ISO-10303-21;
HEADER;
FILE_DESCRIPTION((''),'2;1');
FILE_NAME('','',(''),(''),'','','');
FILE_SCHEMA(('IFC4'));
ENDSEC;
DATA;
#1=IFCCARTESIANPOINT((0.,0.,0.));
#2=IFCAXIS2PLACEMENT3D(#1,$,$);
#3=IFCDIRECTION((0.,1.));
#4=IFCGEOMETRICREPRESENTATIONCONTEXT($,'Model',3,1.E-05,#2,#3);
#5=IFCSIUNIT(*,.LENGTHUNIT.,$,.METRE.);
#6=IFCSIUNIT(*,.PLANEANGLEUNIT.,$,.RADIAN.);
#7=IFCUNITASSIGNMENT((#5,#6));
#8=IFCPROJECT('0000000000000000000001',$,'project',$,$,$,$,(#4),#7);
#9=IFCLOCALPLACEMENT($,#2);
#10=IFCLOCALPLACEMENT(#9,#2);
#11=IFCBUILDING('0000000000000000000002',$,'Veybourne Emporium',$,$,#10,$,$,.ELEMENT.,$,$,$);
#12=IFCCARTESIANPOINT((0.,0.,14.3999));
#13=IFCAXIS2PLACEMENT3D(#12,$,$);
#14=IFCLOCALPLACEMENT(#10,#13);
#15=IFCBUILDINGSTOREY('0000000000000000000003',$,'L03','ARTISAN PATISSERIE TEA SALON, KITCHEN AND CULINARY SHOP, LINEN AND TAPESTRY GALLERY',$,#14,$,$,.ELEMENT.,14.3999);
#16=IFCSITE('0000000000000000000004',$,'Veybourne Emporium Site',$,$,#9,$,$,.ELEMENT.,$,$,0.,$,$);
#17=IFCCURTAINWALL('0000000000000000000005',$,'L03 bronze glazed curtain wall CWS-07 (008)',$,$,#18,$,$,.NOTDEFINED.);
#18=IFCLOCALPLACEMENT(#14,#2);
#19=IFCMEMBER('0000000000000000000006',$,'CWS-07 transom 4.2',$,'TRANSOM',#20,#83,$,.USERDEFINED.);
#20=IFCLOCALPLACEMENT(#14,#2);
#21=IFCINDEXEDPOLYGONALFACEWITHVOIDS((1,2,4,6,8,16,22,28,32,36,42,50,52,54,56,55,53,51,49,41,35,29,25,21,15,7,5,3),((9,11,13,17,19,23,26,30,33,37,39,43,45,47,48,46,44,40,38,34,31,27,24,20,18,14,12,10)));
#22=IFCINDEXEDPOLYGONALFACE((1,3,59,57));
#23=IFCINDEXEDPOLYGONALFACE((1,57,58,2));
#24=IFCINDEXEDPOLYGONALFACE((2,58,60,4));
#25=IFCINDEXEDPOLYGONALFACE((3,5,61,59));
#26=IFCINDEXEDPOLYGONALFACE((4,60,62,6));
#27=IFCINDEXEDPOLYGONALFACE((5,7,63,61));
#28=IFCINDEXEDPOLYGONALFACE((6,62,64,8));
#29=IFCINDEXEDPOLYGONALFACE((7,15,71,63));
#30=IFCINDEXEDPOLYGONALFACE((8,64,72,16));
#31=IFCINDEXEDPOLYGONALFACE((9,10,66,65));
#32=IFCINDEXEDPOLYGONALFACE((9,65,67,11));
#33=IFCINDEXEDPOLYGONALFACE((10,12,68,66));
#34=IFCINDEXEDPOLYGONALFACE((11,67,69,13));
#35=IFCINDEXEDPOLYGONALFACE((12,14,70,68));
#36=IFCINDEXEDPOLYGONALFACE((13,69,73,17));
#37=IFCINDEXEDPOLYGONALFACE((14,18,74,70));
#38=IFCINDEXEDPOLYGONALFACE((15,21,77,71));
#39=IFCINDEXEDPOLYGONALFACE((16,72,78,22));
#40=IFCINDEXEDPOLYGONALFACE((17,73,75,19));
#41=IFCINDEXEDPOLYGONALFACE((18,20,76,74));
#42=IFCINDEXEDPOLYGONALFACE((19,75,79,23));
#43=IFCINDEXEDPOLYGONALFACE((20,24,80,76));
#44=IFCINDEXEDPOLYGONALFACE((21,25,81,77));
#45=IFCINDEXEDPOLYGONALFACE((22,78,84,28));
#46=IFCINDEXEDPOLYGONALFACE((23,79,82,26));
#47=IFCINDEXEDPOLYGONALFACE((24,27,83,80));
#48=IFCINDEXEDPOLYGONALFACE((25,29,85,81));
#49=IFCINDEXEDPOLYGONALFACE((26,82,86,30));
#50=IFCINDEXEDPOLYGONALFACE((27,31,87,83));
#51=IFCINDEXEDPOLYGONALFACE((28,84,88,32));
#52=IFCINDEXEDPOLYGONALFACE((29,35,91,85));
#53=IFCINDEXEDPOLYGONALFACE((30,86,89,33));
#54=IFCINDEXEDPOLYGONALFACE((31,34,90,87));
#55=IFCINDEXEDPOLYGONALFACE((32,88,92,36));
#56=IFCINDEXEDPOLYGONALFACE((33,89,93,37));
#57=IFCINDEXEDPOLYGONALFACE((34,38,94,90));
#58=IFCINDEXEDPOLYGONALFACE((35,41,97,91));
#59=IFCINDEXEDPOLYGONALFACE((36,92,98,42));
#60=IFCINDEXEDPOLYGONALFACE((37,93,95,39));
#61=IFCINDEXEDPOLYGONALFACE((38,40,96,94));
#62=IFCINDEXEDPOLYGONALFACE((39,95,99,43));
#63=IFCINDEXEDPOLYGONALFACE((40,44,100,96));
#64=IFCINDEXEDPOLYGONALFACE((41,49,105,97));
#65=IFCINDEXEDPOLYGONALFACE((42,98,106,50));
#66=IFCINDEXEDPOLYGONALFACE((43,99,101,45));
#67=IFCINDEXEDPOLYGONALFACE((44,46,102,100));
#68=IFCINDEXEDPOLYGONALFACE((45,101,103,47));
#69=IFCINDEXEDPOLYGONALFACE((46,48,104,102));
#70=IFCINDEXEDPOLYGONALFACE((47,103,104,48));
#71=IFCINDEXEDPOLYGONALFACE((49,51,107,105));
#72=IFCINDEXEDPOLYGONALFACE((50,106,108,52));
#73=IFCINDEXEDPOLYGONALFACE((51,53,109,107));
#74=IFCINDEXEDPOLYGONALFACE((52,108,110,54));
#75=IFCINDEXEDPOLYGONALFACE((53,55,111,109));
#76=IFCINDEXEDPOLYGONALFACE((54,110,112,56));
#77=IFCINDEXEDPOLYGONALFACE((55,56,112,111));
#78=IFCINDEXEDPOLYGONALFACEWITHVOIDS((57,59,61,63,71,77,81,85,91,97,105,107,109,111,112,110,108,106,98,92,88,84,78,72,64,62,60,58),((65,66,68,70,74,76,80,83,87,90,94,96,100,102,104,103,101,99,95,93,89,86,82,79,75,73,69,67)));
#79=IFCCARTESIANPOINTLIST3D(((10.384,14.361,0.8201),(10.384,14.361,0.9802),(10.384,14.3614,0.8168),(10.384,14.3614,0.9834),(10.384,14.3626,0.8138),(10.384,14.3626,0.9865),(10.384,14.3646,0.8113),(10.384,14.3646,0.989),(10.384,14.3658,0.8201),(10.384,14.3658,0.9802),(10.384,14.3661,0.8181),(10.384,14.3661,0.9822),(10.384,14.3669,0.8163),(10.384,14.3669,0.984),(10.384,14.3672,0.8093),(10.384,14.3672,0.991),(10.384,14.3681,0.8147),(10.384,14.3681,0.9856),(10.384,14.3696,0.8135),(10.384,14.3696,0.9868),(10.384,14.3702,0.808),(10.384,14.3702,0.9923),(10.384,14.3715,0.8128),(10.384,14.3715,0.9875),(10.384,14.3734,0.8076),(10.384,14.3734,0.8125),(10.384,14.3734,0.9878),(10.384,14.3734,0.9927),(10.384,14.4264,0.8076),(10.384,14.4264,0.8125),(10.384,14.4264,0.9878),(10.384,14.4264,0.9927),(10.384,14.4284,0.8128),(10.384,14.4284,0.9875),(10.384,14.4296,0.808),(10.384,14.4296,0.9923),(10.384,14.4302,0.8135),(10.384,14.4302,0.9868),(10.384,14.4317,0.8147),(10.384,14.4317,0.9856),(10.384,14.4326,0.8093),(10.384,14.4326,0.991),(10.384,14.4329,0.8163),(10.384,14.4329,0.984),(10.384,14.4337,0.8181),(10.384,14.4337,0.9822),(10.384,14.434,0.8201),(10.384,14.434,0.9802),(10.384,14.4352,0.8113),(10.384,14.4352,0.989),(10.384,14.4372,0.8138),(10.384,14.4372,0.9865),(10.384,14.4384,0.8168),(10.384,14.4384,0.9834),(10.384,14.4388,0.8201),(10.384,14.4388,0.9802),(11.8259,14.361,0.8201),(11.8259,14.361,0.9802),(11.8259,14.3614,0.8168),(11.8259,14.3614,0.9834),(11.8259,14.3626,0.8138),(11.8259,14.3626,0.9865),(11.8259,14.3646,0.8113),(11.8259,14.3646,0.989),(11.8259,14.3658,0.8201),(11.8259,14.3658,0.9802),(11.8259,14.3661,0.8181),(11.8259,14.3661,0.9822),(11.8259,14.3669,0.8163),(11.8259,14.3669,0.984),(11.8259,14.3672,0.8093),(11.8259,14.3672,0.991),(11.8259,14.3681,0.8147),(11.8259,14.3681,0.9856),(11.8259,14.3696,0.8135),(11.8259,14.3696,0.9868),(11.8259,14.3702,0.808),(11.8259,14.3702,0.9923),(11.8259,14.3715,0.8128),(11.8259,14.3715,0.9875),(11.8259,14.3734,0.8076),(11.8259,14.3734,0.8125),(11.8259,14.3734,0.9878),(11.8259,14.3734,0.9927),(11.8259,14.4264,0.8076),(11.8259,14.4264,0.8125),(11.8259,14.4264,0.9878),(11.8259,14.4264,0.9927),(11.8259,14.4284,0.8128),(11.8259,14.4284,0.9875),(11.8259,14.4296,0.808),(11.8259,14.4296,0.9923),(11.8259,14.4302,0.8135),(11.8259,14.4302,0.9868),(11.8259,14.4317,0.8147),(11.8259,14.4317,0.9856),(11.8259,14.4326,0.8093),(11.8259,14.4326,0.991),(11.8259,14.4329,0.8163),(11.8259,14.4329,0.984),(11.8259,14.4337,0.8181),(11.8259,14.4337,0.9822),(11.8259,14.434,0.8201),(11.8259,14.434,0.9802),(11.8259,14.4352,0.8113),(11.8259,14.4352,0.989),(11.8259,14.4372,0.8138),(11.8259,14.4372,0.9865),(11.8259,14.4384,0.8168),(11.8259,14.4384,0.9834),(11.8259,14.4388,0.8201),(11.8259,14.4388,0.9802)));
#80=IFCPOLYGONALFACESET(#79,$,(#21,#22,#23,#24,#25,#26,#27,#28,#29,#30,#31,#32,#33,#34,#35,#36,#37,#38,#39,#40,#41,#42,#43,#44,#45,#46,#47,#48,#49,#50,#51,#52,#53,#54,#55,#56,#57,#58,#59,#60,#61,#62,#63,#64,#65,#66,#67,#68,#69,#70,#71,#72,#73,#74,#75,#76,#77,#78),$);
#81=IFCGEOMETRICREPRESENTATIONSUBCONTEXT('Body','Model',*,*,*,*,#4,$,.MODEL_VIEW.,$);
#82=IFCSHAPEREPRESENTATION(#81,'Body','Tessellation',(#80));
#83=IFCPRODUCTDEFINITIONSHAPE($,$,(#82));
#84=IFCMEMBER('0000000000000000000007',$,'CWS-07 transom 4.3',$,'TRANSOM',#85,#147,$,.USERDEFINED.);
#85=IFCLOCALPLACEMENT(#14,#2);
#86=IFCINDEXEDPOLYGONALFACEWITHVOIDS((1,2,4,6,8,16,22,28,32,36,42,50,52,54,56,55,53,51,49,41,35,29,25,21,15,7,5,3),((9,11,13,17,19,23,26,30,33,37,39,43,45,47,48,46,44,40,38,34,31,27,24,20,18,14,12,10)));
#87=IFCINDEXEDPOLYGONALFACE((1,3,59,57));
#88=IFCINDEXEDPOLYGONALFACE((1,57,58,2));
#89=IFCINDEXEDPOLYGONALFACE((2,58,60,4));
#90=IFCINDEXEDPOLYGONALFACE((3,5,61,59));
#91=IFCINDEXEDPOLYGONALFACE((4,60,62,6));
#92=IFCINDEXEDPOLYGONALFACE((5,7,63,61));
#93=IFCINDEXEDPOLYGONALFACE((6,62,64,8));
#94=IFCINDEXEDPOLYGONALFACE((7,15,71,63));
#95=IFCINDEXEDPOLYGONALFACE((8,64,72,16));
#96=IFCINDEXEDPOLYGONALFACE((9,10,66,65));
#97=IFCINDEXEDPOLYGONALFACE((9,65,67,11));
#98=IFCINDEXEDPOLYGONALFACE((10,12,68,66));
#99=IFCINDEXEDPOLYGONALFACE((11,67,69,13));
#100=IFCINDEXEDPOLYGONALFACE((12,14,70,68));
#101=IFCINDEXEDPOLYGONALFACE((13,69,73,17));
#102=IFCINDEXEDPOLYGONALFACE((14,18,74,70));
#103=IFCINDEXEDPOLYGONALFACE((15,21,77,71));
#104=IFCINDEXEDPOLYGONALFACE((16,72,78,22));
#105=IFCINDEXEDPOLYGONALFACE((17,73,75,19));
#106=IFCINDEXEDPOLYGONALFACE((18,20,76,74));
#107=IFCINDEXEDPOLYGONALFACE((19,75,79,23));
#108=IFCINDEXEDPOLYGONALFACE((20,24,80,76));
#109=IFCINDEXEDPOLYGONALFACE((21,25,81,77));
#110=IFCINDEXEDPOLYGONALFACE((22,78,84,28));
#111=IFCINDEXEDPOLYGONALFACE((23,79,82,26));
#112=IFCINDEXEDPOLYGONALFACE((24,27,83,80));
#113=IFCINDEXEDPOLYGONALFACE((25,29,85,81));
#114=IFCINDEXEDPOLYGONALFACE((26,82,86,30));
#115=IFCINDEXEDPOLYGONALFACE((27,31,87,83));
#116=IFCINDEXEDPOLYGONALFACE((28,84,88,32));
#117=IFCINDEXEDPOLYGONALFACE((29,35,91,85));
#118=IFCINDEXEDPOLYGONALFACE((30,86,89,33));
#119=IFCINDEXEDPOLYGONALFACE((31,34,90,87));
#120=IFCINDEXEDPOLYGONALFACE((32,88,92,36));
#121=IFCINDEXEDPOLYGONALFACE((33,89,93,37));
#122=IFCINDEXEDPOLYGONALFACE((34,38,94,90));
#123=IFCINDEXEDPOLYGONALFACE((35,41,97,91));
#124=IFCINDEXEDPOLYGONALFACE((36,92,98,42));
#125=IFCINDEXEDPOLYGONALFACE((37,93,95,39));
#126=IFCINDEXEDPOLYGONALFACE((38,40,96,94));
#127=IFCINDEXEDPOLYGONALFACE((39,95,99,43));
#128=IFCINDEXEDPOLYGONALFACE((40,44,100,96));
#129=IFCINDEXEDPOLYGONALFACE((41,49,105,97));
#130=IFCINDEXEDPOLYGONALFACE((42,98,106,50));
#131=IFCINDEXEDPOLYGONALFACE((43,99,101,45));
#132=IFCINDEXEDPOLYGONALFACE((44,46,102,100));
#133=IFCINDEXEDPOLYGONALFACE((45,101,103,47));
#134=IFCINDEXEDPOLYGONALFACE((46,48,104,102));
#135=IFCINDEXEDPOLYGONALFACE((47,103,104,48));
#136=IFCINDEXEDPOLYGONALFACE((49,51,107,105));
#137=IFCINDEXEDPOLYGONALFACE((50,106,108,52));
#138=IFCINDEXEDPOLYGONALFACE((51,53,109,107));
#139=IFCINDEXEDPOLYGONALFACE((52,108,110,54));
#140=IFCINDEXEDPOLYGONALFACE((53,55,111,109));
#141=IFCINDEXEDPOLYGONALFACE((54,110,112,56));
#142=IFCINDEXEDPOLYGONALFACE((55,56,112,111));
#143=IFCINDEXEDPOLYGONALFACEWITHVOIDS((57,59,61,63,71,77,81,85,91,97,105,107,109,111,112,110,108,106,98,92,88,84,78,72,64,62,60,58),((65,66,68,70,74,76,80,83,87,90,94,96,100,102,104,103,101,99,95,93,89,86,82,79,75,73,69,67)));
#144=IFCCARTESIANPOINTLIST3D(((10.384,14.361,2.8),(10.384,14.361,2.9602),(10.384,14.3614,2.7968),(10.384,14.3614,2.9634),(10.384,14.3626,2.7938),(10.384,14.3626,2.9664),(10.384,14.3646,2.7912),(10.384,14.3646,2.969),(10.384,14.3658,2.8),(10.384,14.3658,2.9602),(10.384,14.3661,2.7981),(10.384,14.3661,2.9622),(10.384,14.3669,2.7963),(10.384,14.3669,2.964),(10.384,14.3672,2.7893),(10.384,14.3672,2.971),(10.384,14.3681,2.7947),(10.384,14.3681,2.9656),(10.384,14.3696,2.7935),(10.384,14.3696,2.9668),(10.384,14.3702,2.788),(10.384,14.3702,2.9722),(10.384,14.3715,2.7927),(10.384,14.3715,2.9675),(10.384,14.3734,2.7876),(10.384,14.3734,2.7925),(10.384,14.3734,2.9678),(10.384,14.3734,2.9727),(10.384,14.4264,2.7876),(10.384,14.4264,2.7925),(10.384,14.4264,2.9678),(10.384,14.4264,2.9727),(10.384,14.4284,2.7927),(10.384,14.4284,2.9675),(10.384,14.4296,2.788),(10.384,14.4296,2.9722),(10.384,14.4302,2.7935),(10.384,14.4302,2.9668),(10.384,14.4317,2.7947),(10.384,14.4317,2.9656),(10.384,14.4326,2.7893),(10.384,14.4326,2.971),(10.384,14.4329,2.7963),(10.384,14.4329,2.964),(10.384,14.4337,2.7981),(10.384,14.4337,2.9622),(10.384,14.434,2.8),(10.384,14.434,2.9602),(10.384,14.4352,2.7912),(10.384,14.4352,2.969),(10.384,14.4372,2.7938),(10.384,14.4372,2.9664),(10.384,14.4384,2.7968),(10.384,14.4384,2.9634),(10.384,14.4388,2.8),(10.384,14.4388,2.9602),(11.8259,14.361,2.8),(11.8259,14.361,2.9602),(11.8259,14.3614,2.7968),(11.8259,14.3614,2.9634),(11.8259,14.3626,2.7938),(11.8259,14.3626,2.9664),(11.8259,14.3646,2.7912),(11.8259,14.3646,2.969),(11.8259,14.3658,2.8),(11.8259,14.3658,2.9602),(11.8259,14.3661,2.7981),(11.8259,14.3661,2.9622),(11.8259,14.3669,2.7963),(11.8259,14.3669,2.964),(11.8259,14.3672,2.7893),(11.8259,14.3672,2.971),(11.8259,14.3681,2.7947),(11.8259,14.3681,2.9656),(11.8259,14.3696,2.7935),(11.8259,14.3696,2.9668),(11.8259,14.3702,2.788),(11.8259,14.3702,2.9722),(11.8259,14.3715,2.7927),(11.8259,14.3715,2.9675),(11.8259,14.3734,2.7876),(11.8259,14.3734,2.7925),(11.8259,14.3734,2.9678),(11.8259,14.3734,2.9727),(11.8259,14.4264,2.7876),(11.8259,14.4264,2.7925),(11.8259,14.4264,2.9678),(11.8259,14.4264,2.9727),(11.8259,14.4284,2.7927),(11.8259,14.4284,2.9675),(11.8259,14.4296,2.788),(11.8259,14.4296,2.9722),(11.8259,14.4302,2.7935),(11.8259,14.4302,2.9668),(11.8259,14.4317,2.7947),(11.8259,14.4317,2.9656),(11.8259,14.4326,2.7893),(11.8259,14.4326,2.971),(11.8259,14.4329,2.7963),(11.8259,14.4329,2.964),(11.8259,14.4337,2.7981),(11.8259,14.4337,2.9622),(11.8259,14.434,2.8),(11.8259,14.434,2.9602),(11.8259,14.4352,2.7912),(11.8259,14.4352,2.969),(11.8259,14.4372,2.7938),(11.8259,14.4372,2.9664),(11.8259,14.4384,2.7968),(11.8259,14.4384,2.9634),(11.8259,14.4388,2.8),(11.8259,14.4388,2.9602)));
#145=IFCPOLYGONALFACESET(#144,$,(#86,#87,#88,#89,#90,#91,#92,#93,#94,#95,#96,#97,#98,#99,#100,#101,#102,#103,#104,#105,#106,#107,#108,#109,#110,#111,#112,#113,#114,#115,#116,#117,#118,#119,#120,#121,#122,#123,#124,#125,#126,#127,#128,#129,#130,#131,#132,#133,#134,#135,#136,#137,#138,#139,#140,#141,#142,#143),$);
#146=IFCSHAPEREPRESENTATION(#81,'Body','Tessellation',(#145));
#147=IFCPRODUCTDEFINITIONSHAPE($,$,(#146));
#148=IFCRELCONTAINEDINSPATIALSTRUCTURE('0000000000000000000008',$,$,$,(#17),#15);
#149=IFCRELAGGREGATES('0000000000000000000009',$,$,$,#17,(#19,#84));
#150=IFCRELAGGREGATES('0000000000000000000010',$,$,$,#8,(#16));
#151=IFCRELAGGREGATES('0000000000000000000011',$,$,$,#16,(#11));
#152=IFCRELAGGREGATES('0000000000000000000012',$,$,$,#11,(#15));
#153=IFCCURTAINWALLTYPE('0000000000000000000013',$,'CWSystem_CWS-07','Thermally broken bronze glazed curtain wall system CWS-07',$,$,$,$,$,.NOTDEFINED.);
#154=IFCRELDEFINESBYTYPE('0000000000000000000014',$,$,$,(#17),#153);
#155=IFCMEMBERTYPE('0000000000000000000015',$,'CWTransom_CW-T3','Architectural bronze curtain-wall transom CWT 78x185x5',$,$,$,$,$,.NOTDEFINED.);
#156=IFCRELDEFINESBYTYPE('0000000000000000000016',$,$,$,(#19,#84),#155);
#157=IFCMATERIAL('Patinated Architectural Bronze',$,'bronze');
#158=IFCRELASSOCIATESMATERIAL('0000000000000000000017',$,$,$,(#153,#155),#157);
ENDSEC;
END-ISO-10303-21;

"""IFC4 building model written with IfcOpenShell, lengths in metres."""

from ifc_helpers import new_model, si_unit, direction, frame, origin, origin_2d, place, context, subcontext, project, spatial, hollow_rectangle, extrude, material, material_profile, profile_set, type_object, element, aggregate, save


model = new_model("IFC4")

# Units and contexts
model_context = context("Model", 3, precision=1e-05, world=origin(), true_north=direction((0.0, 1.0)))
body_context = subcontext(model_context, "Body", "Model", "MODEL_VIEW")
ifc_project = project(units=[si_unit("LENGTHUNIT", "METRE"), si_unit("PLANEANGLEUNIT", "RADIAN")], contexts=[model_context])

# Site, building, storey
site_placement = place(None, origin())
site = spatial("IfcSite", under=ifc_project, at=site_placement, Name="Veybourne Emporium Site", CompositionType="ELEMENT", RefElevation=0.0)
building_placement = place(site_placement, origin())
building = spatial("IfcBuilding", under=site, at=building_placement, Name="Veybourne Emporium", CompositionType="ELEMENT")
storey_placement = place(building_placement, frame((0.0, 0.0, 14.3999)))
storey = spatial("IfcBuildingStorey", under=building, at=storey_placement, Name="L03", Description="ARTISAN PATISSERIE TEA SALON, KITCHEN AND CULINARY SHOP, LINEN AND TAPESTRY GALLERY", CompositionType="ELEMENT", Elevation=14.3999)

# Shared definitions
ifc_material_1 = material(Name="Patinated Architectural Bronze", Category="bronze")

# Curtain wall, members
curtain_wall_type_1 = type_object("IfcCurtainWallType", Name="CWSystem_CWS-07", Description="Thermally broken bronze glazed curtain wall system CWS-07", PredefinedType="NOTDEFINED", material=ifc_material_1)
curtain_wall_1_placement = place(storey_placement, origin())
curtain_wall_1 = element("IfcCurtainWall", 1, at=curtain_wall_1_placement, inside=storey, type_object=curtain_wall_type_1, Name="L03 bronze glazed curtain wall CWS-07 (008)", PredefinedType="NOTDEFINED")
ifc_material_profile_1 = material_profile(ifc_material_1, hollow_rectangle(XDim=0.0779, YDim=0.1851, WallThickness=0.0049, InnerFilletRadius=0.0076, OuterFilletRadius=0.0125, at=origin_2d()), Name="CWT 78x185x5")
ifc_profile_set_1 = profile_set([ifc_material_profile_1], Name="Patinated Architectural Bronze")
member_type_1 = type_object("IfcMemberType", Name="CWTransom_CW-T3", Description="Architectural bronze curtain-wall transom CWT 78x185x5", PredefinedType="NOTDEFINED", material=ifc_profile_set_1)
member_1_placement = place(storey_placement, frame((11.8259, 14.3999, 0.9001), z_axis=(-1.0, 0.0, 0.0), x_axis=(0.0, -1.0, 0.0)))
member_1 = element("IfcMember", 2, at=member_1_placement, type_object=member_type_1, Name="CWS-07 transom 4.2", ObjectType="TRANSOM", PredefinedType="USERDEFINED", context=body_context, shape_type="SweptSolid", body=[
    extrude(hollow_rectangle(XDim=0.0779, YDim=0.1851, WallThickness=0.0049, InnerFilletRadius=0.0076, OuterFilletRadius=0.0125, at=origin_2d()), origin(), (0.0, 0.0, 1.0), 1.4419),
])
member_2_placement = place(storey_placement, frame((11.8259, 14.3999, 2.8801), z_axis=(-1.0, 0.0, 0.0), x_axis=(0.0, -1.0, 0.0)))
member_2 = element("IfcMember", 3, at=member_2_placement, type_object=member_type_1, Name="CWS-07 transom 4.3", ObjectType="TRANSOM", PredefinedType="USERDEFINED", context=body_context, shape_type="SweptSolid", body=[
    extrude(hollow_rectangle(XDim=0.0779, YDim=0.1851, WallThickness=0.0049, InnerFilletRadius=0.0076, OuterFilletRadius=0.0125, at=origin_2d()), origin(), (0.0, 0.0, 1.0), 1.4419),
])

aggregate(curtain_wall_1, [member_1, member_2])

save(model, "model.ifc")
